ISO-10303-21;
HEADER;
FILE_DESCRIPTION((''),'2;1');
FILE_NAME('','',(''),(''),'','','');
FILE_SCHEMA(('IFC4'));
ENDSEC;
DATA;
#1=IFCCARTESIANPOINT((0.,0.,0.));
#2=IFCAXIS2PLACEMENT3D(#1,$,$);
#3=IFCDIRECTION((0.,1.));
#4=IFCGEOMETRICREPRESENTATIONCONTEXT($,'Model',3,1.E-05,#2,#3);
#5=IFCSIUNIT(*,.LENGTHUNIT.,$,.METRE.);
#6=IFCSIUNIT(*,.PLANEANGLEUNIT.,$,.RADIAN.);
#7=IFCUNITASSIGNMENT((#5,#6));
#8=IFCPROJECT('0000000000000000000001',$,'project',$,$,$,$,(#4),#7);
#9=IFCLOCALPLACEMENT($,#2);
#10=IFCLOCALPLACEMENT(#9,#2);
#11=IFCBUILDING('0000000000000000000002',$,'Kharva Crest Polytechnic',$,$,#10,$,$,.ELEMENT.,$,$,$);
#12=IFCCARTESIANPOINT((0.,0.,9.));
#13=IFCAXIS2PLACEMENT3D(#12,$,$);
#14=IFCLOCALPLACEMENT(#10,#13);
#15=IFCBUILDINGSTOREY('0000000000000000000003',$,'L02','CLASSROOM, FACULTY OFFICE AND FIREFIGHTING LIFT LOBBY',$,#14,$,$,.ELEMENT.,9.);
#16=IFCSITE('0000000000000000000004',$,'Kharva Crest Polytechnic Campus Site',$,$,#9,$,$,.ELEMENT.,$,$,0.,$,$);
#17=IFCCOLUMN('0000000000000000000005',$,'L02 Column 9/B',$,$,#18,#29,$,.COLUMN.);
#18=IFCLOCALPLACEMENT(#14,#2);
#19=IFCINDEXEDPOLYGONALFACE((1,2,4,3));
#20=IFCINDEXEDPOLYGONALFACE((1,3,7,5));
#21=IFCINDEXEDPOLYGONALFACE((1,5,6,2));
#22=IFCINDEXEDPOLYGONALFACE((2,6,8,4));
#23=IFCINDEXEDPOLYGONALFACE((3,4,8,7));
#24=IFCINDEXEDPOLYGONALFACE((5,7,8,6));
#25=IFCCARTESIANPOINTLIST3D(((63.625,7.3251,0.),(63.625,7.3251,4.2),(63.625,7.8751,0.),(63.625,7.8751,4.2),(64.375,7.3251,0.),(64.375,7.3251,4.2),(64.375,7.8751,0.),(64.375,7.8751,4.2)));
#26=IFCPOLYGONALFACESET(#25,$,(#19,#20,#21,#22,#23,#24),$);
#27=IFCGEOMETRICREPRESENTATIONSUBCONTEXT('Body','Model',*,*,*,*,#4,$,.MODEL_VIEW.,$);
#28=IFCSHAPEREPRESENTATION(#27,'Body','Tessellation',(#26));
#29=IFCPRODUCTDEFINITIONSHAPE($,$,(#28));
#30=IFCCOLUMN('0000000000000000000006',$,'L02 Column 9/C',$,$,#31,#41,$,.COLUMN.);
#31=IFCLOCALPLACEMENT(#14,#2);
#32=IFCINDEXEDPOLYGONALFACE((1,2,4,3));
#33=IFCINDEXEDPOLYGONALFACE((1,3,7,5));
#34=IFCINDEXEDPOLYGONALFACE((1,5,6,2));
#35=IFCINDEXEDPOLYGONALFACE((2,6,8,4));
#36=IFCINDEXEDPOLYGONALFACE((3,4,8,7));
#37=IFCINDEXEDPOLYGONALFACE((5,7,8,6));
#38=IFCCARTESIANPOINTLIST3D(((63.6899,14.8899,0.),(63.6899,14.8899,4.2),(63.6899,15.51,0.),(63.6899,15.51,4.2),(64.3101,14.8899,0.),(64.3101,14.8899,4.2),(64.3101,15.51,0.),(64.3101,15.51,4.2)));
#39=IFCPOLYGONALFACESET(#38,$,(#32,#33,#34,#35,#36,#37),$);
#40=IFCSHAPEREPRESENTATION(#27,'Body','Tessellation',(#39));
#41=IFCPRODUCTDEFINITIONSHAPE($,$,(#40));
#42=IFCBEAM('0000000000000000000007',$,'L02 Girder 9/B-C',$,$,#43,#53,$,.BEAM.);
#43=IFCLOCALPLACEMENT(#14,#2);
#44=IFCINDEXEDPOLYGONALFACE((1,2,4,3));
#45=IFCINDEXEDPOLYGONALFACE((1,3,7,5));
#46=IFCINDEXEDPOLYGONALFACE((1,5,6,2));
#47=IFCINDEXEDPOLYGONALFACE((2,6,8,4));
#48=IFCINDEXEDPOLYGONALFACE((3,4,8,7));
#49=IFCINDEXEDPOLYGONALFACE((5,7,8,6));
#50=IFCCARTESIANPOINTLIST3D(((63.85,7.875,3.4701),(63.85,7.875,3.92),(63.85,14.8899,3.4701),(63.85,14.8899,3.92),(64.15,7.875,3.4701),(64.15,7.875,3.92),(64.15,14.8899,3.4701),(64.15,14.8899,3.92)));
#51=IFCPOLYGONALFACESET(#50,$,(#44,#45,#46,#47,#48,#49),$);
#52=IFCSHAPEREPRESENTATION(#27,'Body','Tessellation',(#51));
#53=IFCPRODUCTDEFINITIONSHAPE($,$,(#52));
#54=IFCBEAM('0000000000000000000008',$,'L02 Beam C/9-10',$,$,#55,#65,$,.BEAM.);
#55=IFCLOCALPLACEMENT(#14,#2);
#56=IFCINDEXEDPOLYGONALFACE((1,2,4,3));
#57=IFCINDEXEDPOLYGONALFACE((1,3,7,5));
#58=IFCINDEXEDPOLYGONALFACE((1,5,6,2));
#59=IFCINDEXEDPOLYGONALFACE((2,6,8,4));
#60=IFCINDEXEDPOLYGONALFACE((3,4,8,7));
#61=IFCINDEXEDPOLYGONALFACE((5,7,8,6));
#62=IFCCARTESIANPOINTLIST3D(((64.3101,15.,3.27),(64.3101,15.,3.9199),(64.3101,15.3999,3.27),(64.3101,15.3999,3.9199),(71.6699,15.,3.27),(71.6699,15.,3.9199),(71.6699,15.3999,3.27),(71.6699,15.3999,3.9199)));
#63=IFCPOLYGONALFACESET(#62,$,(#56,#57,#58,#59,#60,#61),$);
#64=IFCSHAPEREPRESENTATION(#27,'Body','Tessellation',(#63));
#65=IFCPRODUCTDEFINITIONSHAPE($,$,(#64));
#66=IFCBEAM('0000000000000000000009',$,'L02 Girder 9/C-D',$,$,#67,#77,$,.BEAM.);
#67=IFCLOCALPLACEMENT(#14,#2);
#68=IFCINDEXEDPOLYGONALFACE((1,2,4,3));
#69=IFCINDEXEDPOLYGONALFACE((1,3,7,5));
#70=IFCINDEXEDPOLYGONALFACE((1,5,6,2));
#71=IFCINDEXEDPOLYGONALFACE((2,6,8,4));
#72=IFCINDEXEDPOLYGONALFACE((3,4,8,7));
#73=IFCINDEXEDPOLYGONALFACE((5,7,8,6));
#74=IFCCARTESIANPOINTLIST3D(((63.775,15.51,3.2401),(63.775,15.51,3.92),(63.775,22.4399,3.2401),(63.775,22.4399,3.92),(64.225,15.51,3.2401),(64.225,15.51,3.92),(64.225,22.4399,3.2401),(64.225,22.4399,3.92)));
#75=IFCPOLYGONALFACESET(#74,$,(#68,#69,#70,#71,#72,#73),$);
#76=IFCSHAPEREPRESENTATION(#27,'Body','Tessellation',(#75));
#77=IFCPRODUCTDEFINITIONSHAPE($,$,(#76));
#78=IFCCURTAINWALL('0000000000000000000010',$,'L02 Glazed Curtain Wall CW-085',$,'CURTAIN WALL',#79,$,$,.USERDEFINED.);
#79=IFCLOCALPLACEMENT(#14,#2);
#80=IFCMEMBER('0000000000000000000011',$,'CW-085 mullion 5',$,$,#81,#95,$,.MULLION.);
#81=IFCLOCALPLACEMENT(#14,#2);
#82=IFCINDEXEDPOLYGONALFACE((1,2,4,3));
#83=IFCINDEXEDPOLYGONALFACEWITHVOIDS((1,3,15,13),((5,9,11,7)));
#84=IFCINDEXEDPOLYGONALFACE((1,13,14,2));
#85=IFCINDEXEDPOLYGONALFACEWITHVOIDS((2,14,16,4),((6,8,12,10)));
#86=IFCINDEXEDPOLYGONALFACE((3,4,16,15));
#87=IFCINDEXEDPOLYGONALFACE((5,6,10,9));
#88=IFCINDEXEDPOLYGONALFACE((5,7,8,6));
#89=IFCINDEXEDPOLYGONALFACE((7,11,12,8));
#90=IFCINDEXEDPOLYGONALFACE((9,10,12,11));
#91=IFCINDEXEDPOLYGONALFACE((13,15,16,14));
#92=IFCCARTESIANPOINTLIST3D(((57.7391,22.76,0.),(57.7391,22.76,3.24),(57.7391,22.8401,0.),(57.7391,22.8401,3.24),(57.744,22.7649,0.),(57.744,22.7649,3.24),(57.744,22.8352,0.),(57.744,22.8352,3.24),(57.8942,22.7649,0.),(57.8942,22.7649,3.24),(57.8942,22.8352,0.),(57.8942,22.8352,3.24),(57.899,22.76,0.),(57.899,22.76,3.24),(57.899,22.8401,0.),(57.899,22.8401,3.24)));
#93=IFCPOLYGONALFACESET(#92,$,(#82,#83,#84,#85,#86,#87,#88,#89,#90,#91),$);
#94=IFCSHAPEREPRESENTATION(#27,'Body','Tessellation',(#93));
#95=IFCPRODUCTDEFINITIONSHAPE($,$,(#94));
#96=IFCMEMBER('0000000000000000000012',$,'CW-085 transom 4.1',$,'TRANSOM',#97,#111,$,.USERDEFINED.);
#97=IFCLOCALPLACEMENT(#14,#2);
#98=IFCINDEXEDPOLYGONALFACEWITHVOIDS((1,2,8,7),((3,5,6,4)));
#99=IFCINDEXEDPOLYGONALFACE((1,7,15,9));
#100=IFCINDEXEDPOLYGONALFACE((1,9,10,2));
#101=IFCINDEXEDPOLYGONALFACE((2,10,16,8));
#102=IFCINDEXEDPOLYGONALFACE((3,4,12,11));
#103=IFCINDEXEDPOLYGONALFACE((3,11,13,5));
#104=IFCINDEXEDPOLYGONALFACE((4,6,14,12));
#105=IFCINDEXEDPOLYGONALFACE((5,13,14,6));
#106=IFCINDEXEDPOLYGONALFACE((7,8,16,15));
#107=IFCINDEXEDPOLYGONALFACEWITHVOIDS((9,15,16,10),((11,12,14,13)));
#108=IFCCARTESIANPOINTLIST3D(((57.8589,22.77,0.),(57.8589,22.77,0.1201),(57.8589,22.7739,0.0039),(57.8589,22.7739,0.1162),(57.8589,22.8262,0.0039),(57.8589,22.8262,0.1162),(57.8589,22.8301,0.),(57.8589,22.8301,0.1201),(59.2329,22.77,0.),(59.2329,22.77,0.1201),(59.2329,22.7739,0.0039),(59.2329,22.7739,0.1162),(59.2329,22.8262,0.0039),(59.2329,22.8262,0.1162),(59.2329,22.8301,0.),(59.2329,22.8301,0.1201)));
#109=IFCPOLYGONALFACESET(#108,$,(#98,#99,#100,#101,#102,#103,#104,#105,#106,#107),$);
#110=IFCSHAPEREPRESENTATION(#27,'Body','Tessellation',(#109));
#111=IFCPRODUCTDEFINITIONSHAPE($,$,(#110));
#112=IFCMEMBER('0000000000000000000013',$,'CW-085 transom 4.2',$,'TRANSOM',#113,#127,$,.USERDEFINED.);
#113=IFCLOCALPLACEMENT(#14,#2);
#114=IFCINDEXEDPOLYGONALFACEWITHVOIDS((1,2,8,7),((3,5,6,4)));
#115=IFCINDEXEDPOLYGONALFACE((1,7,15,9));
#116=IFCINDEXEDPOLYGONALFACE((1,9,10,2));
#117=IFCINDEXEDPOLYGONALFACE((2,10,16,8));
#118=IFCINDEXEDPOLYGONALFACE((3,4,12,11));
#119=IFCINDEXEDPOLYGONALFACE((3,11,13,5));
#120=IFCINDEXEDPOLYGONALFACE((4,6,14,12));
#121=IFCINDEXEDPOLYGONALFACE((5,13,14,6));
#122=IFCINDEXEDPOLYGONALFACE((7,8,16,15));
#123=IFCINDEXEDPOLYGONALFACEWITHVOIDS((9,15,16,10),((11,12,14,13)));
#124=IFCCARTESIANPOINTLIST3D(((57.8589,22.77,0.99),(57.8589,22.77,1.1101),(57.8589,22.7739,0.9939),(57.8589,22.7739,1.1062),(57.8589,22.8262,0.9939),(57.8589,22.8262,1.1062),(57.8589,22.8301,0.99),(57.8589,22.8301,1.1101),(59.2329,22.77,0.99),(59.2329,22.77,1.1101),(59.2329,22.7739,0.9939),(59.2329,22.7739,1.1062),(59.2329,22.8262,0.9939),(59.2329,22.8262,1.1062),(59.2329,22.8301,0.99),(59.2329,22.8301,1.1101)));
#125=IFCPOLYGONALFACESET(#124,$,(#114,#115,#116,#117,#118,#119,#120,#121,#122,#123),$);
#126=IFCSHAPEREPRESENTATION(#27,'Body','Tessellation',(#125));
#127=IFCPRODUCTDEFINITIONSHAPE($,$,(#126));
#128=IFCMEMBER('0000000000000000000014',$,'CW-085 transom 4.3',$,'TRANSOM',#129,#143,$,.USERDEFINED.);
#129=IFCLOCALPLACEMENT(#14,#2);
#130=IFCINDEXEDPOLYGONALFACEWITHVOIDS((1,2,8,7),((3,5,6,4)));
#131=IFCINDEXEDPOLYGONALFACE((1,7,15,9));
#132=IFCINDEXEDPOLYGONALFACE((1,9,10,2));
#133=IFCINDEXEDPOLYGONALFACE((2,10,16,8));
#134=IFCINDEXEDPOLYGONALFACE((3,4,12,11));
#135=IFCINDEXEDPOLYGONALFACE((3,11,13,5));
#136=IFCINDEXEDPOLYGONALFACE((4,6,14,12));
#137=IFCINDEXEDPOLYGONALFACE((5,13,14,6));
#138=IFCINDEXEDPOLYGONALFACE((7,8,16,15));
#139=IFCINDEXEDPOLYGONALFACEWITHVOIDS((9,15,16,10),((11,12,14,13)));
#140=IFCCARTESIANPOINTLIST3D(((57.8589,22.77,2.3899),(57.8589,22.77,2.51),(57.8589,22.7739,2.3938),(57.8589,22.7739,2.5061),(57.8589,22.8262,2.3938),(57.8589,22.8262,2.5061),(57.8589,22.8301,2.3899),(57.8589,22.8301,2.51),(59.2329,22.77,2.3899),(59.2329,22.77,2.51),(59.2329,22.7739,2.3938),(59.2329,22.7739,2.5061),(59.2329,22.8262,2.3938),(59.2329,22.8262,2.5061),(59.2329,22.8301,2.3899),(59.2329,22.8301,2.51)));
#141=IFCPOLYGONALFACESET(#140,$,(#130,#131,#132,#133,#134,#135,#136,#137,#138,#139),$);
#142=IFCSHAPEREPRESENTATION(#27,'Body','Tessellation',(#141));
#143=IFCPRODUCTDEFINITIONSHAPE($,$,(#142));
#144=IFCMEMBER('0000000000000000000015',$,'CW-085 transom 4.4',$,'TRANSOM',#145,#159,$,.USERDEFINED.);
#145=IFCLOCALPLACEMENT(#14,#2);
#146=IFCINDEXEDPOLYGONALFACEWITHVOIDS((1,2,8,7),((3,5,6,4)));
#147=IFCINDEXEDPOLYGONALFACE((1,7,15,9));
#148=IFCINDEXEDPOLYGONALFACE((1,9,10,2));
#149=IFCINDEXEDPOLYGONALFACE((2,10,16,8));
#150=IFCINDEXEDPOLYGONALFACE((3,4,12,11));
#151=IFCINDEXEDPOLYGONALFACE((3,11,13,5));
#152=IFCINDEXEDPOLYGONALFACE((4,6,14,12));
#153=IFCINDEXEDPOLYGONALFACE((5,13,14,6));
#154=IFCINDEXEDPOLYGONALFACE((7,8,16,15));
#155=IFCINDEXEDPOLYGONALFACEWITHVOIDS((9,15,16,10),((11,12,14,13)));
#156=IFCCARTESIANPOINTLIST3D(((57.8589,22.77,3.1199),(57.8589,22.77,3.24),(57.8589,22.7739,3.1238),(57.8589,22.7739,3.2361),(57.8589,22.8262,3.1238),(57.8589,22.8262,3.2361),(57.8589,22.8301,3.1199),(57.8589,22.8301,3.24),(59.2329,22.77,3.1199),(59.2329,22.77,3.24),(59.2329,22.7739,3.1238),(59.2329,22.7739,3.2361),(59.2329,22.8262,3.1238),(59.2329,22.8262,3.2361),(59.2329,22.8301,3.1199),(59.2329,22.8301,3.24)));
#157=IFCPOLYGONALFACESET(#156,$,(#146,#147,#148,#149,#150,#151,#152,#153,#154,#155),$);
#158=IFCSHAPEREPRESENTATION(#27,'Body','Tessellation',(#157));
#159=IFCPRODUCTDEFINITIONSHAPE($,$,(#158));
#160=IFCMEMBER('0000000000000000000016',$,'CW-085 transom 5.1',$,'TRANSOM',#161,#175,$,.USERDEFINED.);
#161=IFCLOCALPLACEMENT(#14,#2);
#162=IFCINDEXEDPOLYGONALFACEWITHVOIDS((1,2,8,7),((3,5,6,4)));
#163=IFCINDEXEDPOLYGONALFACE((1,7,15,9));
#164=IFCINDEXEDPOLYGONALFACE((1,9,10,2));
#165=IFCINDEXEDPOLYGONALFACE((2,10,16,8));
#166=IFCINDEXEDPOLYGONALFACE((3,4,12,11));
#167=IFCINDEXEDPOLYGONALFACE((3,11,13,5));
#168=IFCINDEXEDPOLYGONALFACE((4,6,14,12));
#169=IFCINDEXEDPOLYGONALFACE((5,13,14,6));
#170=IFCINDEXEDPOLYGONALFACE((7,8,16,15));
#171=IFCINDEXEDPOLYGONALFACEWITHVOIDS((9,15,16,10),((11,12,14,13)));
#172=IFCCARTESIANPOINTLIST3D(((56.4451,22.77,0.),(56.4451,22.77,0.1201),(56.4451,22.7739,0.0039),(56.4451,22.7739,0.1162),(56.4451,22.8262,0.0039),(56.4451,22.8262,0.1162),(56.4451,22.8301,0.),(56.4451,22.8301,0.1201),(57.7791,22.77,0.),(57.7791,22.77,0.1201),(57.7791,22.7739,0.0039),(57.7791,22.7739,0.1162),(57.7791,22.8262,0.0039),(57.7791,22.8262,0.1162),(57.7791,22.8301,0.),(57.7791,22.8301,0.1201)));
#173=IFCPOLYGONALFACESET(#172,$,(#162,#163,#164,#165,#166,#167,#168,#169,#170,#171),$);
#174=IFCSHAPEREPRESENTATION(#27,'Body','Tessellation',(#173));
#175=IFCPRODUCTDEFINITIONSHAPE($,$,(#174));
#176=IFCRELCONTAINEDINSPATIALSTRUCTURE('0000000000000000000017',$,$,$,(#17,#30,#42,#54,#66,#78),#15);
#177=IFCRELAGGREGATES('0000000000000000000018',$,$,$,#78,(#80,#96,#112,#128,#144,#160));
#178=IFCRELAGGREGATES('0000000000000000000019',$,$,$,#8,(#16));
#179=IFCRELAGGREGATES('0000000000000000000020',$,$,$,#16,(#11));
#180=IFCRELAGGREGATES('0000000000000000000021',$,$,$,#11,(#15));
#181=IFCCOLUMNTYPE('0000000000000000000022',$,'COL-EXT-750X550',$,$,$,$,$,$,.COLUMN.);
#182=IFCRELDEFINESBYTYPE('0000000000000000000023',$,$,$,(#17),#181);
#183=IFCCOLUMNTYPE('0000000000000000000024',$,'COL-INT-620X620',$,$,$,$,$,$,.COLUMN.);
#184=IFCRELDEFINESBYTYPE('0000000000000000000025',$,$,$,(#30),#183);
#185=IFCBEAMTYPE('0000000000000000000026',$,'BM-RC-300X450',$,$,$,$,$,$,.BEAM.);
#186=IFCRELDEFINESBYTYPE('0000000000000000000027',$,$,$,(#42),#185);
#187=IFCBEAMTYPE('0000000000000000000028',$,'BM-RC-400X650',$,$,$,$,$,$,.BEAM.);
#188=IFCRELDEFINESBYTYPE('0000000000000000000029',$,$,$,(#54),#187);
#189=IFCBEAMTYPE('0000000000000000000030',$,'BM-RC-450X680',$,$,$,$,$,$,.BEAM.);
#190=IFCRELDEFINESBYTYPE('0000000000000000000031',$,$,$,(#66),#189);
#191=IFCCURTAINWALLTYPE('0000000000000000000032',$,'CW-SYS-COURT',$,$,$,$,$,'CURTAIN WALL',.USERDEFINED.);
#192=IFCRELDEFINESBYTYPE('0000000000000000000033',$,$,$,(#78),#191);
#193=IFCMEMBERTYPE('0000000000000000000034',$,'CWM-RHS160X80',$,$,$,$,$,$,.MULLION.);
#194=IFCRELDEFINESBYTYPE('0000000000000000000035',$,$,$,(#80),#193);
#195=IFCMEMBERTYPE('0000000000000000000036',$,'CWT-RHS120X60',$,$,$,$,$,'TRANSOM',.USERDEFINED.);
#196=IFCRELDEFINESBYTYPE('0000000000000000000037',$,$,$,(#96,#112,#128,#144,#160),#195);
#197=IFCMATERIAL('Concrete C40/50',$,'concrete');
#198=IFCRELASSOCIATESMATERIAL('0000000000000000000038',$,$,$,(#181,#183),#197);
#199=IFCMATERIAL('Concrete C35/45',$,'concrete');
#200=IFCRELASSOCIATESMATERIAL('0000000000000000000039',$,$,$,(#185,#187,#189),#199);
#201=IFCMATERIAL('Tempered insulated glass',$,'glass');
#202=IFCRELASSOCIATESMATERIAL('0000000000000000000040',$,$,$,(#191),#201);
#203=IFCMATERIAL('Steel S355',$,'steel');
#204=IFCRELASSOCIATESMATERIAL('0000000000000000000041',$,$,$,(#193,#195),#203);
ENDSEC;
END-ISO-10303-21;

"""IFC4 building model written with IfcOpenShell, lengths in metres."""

from ifc_helpers import new_model, si_unit, direction, frame, origin, origin_2d, place, context, subcontext, project, spatial, rectangle, hollow_rectangle, extrude, material, material_profile, profile_set, type_object, element, aggregate, save


model = new_model("IFC4")

# Units and contexts
model_context = context("Model", 3, precision=1e-05, world=origin(), true_north=direction((0.0, 1.0)))
body_context = subcontext(model_context, "Body", "Model", "MODEL_VIEW")
ifc_project = project(units=[si_unit("LENGTHUNIT", "METRE"), si_unit("PLANEANGLEUNIT", "RADIAN")], contexts=[model_context])

# Site, building, storey
site_placement = place(None, origin())
site = spatial("IfcSite", under=ifc_project, at=site_placement, Name="Kharva Crest Polytechnic Campus Site", CompositionType="ELEMENT", RefElevation=0.0)
building_placement = place(site_placement, origin())
building = spatial("IfcBuilding", under=site, at=building_placement, Name="Kharva Crest Polytechnic", CompositionType="ELEMENT")
storey_placement = place(building_placement, frame((0.0, 0.0, 9.0)))
storey = spatial("IfcBuildingStorey", under=building, at=storey_placement, Name="L02", Description="CLASSROOM, FACULTY OFFICE AND FIREFIGHTING LIFT LOBBY", CompositionType="ELEMENT", Elevation=9.0)

# Columns
ifc_material_1 = material(Name="Concrete C40/50", Category="concrete")
ifc_material_profile_1 = material_profile(ifc_material_1, rectangle(XDim=0.75, YDim=0.55, at=origin_2d()), Name="RECT 750 X 550")
ifc_profile_set_1 = profile_set([ifc_material_profile_1], Name="Concrete C40/50")
column_type_1 = type_object("IfcColumnType", Name="COL-EXT-750X550", PredefinedType="COLUMN", material=ifc_profile_set_1)
column_1_placement = place(storey_placement, frame((64.0, 7.6001, 0.0), z_axis=(0.0, 0.0, 1.0), x_axis=(1.0, 0.0, 0.0)))
element("IfcColumn", 1, at=column_1_placement, inside=storey, type_object=column_type_1, Name="L02 Column 9/B", PredefinedType="COLUMN", context=body_context, shape_type="SweptSolid", body=[
    extrude(rectangle(XDim=0.75, YDim=0.55, at=origin_2d()), origin(), (0.0, 0.0, 1.0), 4.2),
])
ifc_material_profile_2 = material_profile(ifc_material_1, rectangle(XDim=0.6201, YDim=0.6201, at=origin_2d()), Name="RECT 620 X 620")
ifc_profile_set_2 = profile_set([ifc_material_profile_2], Name="Concrete C40/50")
column_type_2 = type_object("IfcColumnType", Name="COL-INT-620X620", PredefinedType="COLUMN", material=ifc_profile_set_2)
column_2_placement = place(storey_placement, frame((64.0, 15.2, 0.0), z_axis=(0.0, 0.0, 1.0), x_axis=(1.0, 0.0, 0.0)))
element("IfcColumn", 2, at=column_2_placement, inside=storey, type_object=column_type_2, Name="L02 Column 9/C", PredefinedType="COLUMN", context=body_context, shape_type="SweptSolid", body=[
    extrude(rectangle(XDim=0.6201, YDim=0.6201, at=origin_2d()), origin(), (0.0, 0.0, 1.0), 4.2),
])

# Beams
ifc_material_2 = material(Name="Concrete C35/45", Category="concrete")
ifc_material_profile_3 = material_profile(ifc_material_2, rectangle(XDim=0.3, YDim=0.45, at=origin_2d()), Name="RECT 300 X 450")
ifc_profile_set_3 = profile_set([ifc_material_profile_3], Name="Concrete C35/45")
beam_type_1 = type_object("IfcBeamType", Name="BM-RC-300X450", PredefinedType="BEAM", material=ifc_profile_set_3)
beam_1_placement = place(storey_placement, frame((64.0, 7.875, 3.6951), z_axis=(0.0, 1.0, 0.0), x_axis=(-1.0, 0.0, 0.0)))
element("IfcBeam", 3, at=beam_1_placement, inside=storey, type_object=beam_type_1, Name="L02 Girder 9/B-C", PredefinedType="BEAM", context=body_context, shape_type="SweptSolid", body=[
    extrude(rectangle(XDim=0.3, YDim=0.45, at=origin_2d()), origin(), (0.0, 0.0, 1.0), 7.0149),
])
ifc_material_profile_4 = material_profile(ifc_material_2, rectangle(XDim=0.3999, YDim=0.6499, at=origin_2d()), Name="RECT 400 X 650")
ifc_profile_set_4 = profile_set([ifc_material_profile_4], Name="Concrete C35/45")
beam_type_2 = type_object("IfcBeamType", Name="BM-RC-400X650", PredefinedType="BEAM", material=ifc_profile_set_4)
beam_2_placement = place(storey_placement, frame((64.3101, 15.2, 3.595), z_axis=(1.0, 0.0, 0.0), x_axis=(0.0, 1.0, 0.0)))
element("IfcBeam", 4, at=beam_2_placement, inside=storey, type_object=beam_type_2, Name="L02 Beam C/9-10", PredefinedType="BEAM", context=body_context, shape_type="SweptSolid", body=[
    extrude(rectangle(XDim=0.3999, YDim=0.6499, at=origin_2d()), origin(), (0.0, 0.0, 1.0), 7.3599),
])
ifc_material_profile_5 = material_profile(ifc_material_2, rectangle(XDim=0.45, YDim=0.6799, at=origin_2d()), Name="RECT 450 X 680")
ifc_profile_set_5 = profile_set([ifc_material_profile_5], Name="Concrete C35/45")
beam_type_3 = type_object("IfcBeamType", Name="BM-RC-450X680", PredefinedType="BEAM", material=ifc_profile_set_5)
beam_3_placement = place(storey_placement, frame((64.0, 15.51, 3.5801), z_axis=(0.0, 1.0, 0.0), x_axis=(-1.0, 0.0, 0.0)))
element("IfcBeam", 5, at=beam_3_placement, inside=storey, type_object=beam_type_3, Name="L02 Girder 9/C-D", PredefinedType="BEAM", context=body_context, shape_type="SweptSolid", body=[
    extrude(rectangle(XDim=0.45, YDim=0.6799, at=origin_2d()), origin(), (0.0, 0.0, 1.0), 6.9299),
])

# Curtain wall, members
ifc_material_3 = material(Name="Tempered insulated glass", Category="glass")
curtain_wall_type = type_object("IfcCurtainWallType", Name="CW-SYS-COURT", ElementType="CURTAIN WALL", PredefinedType="USERDEFINED", material=ifc_material_3)
curtain_wall_placement = place(storey_placement, origin())
curtain_wall = element("IfcCurtainWall", 6, at=curtain_wall_placement, inside=storey, type_object=curtain_wall_type, Name="L02 Glazed Curtain Wall CW-085", ObjectType="CURTAIN WALL", PredefinedType="USERDEFINED")
ifc_material_4 = material(Name="Steel S355", Category="steel")
ifc_material_profile_6 = material_profile(ifc_material_4, hollow_rectangle(XDim=0.0801, YDim=0.1599, WallThickness=0.0049, at=origin_2d()), Name="RHS 160X80X5.0")
ifc_profile_set_6 = profile_set([ifc_material_profile_6], Name="Steel S355")
member_type_1 = type_object("IfcMemberType", Name="CWM-RHS160X80", PredefinedType="MULLION", material=ifc_profile_set_6)
member_1_placement = place(storey_placement, frame((57.8191, 22.8, 0.0), z_axis=(0.0, 0.0, 1.0), x_axis=(0.0, -1.0, 0.0)))
member_1 = element("IfcMember", 7, at=member_1_placement, type_object=member_type_1, Name="CW-085 mullion 5", PredefinedType="MULLION", context=body_context, shape_type="SweptSolid", body=[
    extrude(hollow_rectangle(XDim=0.0801, YDim=0.1599, WallThickness=0.0049, at=origin_2d()), origin(), (0.0, 0.0, 1.0), 3.24),
])
ifc_material_profile_7 = material_profile(ifc_material_4, hollow_rectangle(XDim=0.0601, YDim=0.1201, WallThickness=0.0039, at=origin_2d()), Name="RHS 120X60X4.0")
ifc_profile_set_7 = profile_set([ifc_material_profile_7], Name="Steel S355")
member_type_2 = type_object("IfcMemberType", Name="CWT-RHS120X60", ElementType="TRANSOM", PredefinedType="USERDEFINED", material=ifc_profile_set_7)
member_2_placement = place(storey_placement, frame((59.2329, 22.8, 0.0601), z_axis=(-1.0, 0.0, 0.0), x_axis=(0.0, -1.0, 0.0)))
member_2 = element("IfcMember", 8, at=member_2_placement, type_object=member_type_2, Name="CW-085 transom 4.1", ObjectType="TRANSOM", PredefinedType="USERDEFINED", context=body_context, shape_type="SweptSolid", body=[
    extrude(hollow_rectangle(XDim=0.0601, YDim=0.1201, WallThickness=0.0039, at=origin_2d()), origin(), (0.0, 0.0, 1.0), 1.374),
])
member_3_placement = place(storey_placement, frame((59.2329, 22.8, 1.05), z_axis=(-1.0, 0.0, 0.0), x_axis=(0.0, -1.0, 0.0)))
member_3 = element("IfcMember", 9, at=member_3_placement, type_object=member_type_2, Name="CW-085 transom 4.2", ObjectType="TRANSOM", PredefinedType="USERDEFINED", context=body_context, shape_type="SweptSolid", body=[
    extrude(hollow_rectangle(XDim=0.0601, YDim=0.1201, WallThickness=0.0039, at=origin_2d()), origin(), (0.0, 0.0, 1.0), 1.374),
])
member_4_placement = place(storey_placement, frame((59.2329, 22.8, 2.45), z_axis=(-1.0, 0.0, 0.0), x_axis=(0.0, -1.0, 0.0)))
member_4 = element("IfcMember", 10, at=member_4_placement, type_object=member_type_2, Name="CW-085 transom 4.3", ObjectType="TRANSOM", PredefinedType="USERDEFINED", context=body_context, shape_type="SweptSolid", body=[
    extrude(hollow_rectangle(XDim=0.0601, YDim=0.1201, WallThickness=0.0039, at=origin_2d()), origin(), (0.0, 0.0, 1.0), 1.374),
])
member_5_placement = place(storey_placement, frame((59.2329, 22.8, 3.1799), z_axis=(-1.0, 0.0, 0.0), x_axis=(0.0, -1.0, 0.0)))
member_5 = element("IfcMember", 11, at=member_5_placement, type_object=member_type_2, Name="CW-085 transom 4.4", ObjectType="TRANSOM", PredefinedType="USERDEFINED", context=body_context, shape_type="SweptSolid", body=[
    extrude(hollow_rectangle(XDim=0.0601, YDim=0.1201, WallThickness=0.0039, at=origin_2d()), origin(), (0.0, 0.0, 1.0), 1.374),
])
member_6_placement = place(storey_placement, frame((57.7791, 22.8, 0.0601), z_axis=(-1.0, 0.0, 0.0), x_axis=(0.0, -1.0, 0.0)))
member_6 = element("IfcMember", 12, at=member_6_placement, type_object=member_type_2, Name="CW-085 transom 5.1", ObjectType="TRANSOM", PredefinedType="USERDEFINED", context=body_context, shape_type="SweptSolid", body=[
    extrude(hollow_rectangle(XDim=0.0601, YDim=0.1201, WallThickness=0.0039, at=origin_2d()), origin(), (0.0, 0.0, 1.0), 1.334),
])

aggregate(curtain_wall, [member_1, member_2, member_3, member_4, member_5, member_6])

save(model, "model.ifc")
